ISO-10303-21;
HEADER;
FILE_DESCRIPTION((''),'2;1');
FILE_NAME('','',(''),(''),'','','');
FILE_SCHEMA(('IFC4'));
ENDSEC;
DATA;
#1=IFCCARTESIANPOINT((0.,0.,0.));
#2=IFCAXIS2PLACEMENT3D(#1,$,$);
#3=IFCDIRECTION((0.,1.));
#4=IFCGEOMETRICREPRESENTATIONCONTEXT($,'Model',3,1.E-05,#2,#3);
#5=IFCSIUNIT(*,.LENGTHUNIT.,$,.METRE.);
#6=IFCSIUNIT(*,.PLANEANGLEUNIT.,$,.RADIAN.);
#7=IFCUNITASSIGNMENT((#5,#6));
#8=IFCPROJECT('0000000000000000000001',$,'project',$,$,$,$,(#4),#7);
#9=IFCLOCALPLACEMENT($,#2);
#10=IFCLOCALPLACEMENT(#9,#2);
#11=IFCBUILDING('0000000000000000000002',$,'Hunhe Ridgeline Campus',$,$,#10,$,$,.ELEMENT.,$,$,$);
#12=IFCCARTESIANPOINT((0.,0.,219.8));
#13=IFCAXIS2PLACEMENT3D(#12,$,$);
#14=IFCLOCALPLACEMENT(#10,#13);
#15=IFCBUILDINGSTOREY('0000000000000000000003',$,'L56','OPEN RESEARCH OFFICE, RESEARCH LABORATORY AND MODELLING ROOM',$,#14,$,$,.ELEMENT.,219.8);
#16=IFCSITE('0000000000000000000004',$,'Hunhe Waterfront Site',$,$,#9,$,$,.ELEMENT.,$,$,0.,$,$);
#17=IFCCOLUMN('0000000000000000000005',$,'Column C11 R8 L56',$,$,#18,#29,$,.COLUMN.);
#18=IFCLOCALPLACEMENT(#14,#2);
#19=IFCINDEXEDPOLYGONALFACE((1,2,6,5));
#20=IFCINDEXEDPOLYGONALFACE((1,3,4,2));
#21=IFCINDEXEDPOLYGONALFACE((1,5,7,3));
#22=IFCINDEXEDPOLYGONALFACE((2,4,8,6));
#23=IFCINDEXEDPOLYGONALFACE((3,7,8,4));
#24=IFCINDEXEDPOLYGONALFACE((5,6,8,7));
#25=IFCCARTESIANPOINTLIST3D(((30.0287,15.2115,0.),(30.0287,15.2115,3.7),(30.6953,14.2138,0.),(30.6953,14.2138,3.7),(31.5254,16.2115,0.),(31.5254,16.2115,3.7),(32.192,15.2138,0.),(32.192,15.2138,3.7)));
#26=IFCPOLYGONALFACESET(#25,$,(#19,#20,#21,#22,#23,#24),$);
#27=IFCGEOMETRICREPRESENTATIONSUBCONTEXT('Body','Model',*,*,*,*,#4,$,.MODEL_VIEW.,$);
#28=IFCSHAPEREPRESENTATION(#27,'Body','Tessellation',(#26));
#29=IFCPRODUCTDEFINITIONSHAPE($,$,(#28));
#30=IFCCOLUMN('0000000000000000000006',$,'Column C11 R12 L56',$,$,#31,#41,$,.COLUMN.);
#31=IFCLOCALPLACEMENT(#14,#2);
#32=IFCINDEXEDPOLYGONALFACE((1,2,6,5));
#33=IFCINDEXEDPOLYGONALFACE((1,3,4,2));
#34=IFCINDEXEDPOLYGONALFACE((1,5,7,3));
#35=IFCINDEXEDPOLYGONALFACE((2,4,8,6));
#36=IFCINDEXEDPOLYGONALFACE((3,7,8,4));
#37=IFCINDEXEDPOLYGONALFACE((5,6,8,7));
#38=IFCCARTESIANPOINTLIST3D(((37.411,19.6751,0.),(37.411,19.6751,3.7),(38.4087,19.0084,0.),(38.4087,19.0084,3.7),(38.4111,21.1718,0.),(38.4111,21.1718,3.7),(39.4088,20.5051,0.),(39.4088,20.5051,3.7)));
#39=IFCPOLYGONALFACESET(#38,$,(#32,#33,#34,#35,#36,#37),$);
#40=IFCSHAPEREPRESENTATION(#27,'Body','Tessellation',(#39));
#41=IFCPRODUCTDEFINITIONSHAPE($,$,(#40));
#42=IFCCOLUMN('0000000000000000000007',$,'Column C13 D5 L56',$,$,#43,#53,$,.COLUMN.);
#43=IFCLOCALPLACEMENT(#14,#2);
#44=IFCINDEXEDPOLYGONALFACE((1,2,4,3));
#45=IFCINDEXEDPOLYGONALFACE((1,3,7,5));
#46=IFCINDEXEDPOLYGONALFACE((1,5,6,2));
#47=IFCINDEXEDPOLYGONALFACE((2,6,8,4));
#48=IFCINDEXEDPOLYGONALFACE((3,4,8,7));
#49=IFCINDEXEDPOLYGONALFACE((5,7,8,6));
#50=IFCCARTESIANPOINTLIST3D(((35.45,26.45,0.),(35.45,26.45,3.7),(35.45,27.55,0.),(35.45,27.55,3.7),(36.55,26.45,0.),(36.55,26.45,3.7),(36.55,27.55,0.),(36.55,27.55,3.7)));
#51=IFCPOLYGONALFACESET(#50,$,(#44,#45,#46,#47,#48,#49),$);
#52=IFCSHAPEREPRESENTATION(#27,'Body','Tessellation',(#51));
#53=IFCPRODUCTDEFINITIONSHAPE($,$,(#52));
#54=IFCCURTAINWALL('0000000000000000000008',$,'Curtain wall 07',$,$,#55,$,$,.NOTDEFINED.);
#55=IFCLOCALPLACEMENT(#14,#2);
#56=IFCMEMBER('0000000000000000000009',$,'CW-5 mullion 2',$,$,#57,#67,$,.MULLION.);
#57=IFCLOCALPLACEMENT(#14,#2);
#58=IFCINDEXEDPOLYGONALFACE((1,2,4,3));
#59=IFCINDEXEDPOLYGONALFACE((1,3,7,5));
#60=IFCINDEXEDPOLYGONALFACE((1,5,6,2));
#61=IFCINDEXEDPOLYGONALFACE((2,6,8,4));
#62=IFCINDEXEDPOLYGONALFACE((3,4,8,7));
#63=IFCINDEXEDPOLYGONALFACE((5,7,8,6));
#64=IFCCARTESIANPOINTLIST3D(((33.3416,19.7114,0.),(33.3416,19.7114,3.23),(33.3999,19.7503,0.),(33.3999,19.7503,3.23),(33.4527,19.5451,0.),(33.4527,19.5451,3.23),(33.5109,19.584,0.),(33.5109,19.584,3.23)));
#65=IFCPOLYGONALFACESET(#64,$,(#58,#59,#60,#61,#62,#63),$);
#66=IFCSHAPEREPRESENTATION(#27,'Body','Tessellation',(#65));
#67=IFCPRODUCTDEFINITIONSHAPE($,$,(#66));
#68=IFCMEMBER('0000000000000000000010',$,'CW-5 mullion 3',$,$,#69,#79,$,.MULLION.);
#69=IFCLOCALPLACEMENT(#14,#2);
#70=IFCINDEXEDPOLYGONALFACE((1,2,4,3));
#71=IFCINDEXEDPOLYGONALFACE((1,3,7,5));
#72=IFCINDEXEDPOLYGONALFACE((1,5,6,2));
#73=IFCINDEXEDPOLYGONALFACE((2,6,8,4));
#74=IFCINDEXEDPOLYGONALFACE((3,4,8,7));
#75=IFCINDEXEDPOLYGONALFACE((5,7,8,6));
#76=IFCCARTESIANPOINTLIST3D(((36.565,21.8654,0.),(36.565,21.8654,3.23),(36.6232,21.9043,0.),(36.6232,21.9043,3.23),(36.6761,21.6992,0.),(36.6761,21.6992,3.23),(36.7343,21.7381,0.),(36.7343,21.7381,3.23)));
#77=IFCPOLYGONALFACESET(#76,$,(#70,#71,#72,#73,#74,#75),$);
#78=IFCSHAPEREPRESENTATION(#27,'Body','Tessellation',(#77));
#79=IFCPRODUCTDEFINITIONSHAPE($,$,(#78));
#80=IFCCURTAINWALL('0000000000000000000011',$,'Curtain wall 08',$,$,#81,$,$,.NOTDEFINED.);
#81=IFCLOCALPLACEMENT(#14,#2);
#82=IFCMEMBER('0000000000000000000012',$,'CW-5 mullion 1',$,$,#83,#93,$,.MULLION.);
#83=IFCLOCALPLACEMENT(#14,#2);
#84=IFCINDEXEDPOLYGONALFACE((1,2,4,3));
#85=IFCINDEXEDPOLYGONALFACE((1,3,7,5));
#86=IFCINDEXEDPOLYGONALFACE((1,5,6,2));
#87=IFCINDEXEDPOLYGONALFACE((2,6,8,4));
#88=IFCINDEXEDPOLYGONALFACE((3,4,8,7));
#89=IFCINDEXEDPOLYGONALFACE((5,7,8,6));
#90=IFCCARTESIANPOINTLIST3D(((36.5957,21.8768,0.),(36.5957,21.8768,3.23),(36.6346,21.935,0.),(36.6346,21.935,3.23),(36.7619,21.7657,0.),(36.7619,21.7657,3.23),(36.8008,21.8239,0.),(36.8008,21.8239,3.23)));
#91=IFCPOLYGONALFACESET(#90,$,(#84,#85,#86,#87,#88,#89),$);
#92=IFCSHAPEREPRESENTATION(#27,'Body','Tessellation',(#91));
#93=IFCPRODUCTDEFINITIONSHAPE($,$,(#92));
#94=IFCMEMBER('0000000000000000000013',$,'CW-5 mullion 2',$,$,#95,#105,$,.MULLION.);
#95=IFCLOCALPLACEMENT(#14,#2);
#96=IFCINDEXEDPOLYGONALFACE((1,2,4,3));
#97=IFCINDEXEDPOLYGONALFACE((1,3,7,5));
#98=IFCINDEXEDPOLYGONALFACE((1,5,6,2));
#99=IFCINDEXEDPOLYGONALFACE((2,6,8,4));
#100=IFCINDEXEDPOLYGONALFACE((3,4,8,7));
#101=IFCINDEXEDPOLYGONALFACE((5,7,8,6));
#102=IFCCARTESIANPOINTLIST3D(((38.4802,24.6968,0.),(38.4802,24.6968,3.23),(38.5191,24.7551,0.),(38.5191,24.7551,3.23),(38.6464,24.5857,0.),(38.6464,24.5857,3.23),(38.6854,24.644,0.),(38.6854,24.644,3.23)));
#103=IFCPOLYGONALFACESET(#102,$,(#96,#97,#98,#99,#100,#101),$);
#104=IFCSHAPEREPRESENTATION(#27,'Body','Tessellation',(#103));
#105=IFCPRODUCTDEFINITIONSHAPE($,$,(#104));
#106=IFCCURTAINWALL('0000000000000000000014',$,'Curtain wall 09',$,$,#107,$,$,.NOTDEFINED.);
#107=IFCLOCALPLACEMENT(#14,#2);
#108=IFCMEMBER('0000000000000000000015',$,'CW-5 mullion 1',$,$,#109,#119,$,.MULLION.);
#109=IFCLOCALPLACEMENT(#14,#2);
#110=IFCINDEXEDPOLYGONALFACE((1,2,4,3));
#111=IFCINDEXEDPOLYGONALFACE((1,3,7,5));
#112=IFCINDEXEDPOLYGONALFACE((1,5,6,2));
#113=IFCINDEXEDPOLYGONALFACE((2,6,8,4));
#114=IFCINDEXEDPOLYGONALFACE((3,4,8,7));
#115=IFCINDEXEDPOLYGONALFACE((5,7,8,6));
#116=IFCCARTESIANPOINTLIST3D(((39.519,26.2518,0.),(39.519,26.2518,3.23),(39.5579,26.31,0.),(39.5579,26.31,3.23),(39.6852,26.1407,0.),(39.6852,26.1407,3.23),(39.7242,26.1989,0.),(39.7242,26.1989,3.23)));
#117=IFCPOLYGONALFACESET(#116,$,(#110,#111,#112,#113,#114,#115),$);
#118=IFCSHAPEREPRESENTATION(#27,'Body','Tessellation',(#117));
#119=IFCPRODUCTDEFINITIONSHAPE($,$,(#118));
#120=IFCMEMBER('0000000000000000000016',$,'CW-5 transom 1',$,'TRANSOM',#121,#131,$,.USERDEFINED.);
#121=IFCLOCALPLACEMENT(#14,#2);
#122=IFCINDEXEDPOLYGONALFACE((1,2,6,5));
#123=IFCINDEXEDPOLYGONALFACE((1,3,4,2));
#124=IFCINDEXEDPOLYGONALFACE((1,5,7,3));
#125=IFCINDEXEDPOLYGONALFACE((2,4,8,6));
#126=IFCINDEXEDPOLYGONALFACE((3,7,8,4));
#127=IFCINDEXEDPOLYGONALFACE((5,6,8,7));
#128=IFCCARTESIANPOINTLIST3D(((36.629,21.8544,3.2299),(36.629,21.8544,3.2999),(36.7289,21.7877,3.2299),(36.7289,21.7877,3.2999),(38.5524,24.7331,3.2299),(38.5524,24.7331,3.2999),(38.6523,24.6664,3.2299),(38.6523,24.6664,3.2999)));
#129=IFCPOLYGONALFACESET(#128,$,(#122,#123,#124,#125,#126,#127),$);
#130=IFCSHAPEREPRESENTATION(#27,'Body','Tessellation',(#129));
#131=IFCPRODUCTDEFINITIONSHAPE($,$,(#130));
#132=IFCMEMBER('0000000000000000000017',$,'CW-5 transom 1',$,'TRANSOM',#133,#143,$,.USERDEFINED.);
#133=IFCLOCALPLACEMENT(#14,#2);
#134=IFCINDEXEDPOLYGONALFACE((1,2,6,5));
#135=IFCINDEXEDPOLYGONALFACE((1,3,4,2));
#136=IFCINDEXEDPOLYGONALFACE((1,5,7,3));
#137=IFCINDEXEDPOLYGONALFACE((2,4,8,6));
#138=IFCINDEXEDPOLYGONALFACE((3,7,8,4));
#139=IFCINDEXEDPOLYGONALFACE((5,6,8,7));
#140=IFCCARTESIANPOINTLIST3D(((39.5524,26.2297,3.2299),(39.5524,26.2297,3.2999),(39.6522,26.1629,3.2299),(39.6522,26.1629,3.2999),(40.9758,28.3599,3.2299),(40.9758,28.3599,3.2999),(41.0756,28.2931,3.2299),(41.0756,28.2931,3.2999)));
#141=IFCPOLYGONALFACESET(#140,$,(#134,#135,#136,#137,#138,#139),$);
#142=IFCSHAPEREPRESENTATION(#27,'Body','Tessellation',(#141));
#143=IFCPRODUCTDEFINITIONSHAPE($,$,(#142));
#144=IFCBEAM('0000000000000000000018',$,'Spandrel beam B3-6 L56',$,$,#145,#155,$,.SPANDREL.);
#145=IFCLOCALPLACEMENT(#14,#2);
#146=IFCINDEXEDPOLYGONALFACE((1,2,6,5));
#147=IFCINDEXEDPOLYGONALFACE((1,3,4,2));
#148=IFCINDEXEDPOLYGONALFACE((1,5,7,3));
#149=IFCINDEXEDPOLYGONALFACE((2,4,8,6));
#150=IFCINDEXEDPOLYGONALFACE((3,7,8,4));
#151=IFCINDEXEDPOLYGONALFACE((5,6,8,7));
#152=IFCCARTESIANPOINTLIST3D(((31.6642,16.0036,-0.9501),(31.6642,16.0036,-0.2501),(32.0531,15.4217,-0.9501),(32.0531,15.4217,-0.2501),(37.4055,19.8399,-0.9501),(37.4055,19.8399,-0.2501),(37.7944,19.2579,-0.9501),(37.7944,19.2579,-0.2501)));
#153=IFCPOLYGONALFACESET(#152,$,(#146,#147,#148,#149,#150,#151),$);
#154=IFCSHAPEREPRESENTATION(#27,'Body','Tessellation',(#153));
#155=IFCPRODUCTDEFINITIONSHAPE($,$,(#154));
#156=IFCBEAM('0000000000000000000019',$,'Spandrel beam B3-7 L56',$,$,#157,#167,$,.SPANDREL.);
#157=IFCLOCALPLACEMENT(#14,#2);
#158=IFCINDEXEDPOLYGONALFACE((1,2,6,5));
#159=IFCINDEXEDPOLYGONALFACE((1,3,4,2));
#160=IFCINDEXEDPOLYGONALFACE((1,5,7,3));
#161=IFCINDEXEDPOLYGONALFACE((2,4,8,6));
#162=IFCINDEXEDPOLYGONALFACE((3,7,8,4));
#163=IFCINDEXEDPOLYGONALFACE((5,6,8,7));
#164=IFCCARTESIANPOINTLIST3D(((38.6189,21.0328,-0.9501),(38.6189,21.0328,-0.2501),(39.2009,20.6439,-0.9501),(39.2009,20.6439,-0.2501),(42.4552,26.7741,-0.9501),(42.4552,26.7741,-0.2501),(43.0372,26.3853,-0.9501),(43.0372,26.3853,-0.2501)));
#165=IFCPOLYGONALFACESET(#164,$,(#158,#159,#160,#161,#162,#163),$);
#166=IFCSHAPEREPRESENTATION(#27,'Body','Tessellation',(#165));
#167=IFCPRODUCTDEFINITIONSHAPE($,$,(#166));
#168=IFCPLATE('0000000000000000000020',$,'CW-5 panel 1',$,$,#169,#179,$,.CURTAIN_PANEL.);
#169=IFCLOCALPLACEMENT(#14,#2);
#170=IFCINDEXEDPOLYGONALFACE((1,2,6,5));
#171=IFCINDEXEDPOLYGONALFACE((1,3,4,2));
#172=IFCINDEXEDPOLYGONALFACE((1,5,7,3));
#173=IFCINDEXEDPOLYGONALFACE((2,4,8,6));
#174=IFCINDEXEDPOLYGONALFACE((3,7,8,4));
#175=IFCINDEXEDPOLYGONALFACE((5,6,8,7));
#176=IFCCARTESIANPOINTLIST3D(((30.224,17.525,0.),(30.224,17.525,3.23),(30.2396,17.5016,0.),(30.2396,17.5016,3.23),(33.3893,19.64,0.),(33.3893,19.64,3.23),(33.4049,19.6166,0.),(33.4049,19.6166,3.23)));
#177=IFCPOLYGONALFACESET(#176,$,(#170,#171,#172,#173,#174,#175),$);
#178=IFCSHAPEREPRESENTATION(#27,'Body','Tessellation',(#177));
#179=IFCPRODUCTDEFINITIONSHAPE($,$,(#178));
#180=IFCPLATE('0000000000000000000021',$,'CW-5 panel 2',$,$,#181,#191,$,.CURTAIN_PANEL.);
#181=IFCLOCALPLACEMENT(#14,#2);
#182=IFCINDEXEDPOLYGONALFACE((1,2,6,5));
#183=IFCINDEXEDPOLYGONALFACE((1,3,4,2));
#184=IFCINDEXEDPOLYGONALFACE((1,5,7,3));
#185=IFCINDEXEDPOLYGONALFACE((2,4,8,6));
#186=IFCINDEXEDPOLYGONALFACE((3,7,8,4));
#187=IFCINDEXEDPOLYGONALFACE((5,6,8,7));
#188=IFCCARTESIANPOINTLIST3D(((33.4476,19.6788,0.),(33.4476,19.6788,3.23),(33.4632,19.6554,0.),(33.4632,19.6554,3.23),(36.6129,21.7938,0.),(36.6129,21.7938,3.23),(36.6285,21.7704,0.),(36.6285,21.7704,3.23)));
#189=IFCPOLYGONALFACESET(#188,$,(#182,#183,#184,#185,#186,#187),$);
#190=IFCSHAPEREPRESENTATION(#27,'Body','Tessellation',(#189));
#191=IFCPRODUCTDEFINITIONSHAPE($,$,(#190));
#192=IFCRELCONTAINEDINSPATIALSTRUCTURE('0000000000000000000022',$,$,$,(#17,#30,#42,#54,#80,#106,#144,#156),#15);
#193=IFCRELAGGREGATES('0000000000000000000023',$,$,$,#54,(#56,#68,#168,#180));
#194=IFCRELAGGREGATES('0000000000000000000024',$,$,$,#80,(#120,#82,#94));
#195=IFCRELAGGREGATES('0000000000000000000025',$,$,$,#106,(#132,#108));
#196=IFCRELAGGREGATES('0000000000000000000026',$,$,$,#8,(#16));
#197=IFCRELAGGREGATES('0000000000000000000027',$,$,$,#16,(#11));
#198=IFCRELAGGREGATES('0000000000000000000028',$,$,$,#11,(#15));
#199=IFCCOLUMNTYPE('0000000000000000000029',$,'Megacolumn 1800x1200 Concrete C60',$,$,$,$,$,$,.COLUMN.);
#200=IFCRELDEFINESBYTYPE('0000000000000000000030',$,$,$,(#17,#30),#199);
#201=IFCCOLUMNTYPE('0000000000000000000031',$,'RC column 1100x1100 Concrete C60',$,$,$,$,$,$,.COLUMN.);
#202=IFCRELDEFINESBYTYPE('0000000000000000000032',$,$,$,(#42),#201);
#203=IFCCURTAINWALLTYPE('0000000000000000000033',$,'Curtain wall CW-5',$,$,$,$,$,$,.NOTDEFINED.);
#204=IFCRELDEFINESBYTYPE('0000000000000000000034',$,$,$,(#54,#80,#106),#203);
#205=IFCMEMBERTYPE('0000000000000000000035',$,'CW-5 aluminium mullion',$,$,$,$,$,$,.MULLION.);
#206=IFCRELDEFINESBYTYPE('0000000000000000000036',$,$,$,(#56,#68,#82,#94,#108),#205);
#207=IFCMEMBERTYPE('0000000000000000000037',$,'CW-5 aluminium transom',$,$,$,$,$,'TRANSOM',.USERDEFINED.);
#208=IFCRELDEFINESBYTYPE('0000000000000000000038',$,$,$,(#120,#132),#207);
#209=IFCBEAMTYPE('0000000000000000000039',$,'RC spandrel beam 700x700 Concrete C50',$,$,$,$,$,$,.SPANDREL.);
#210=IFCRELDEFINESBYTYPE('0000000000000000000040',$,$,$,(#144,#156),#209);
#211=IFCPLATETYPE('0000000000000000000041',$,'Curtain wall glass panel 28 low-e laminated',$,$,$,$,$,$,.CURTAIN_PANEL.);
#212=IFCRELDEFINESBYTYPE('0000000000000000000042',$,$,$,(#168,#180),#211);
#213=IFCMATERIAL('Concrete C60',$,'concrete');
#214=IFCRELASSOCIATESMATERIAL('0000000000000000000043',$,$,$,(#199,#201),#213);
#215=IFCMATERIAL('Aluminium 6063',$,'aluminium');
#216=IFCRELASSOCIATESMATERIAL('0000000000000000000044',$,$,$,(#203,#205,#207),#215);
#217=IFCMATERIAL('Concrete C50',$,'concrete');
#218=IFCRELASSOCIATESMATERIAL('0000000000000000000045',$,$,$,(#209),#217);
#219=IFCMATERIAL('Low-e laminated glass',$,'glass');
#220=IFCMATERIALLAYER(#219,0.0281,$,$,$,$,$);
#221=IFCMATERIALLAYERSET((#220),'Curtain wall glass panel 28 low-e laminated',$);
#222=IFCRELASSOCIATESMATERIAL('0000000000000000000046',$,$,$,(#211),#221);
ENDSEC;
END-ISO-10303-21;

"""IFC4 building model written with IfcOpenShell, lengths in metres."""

from ifc_helpers import new_model, si_unit, direction, frame, origin, origin_2d, place, context, subcontext, project, spatial, rectangle, extrude, material, layer, layer_set, material_profile, profile_set, type_object, element, aggregate, save


model = new_model("IFC4")

# Units and contexts
model_context = context("Model", 3, precision=1e-05, world=origin(), true_north=direction((0.0, 1.0)))
body_context = subcontext(model_context, "Body", "Model", "MODEL_VIEW")
ifc_project = project(units=[si_unit("LENGTHUNIT", "METRE"), si_unit("PLANEANGLEUNIT", "RADIAN")], contexts=[model_context])

# Site, building, storey
site_placement = place(None, origin())
site = spatial("IfcSite", under=ifc_project, at=site_placement, Name="Hunhe Waterfront Site", CompositionType="ELEMENT", RefElevation=0.0)
building_placement = place(site_placement, origin())
building = spatial("IfcBuilding", under=site, at=building_placement, Name="Hunhe Ridgeline Campus", CompositionType="ELEMENT")
storey_placement = place(building_placement, frame((0.0, 0.0, 219.8)))
storey = spatial("IfcBuildingStorey", under=building, at=storey_placement, Name="L56", Description="OPEN RESEARCH OFFICE, RESEARCH LABORATORY AND MODELLING ROOM", CompositionType="ELEMENT", Elevation=219.8)

# Columns
ifc_material_1 = material(Name="Concrete C60", Category="concrete")
ifc_material_profile_1 = material_profile(ifc_material_1, rectangle(XDim=1.8, YDim=1.2, at=origin_2d()))
ifc_profile_set_1 = profile_set([ifc_material_profile_1], Name="Concrete C60")
column_type_1 = type_object("IfcColumnType", Name="Megacolumn 1800x1200 Concrete C60", PredefinedType="COLUMN", material=ifc_profile_set_1)
for number, where, z_axis, x_axis, name in (
    (1, (31.1104, 15.2126, 0.0), (0.0, 0.0, 1.0), (0.83147, 0.55557, 0.0), "Column C11 R8 L56"),
    (2, (38.4099, 20.0901, 0.0), (0.0, 0.0, 1.0), (0.55557, 0.83147, 0.0), "Column C11 R12 L56"),
):
    element("IfcColumn", number, at=place(storey_placement, frame(where, z_axis=z_axis, x_axis=x_axis)), inside=storey, type_object=column_type_1, Name=name, PredefinedType="COLUMN", context=body_context, shape_type="SweptSolid", body=[
        extrude(rectangle(XDim=1.8, YDim=1.2, at=origin_2d()), origin(), (0.0, 0.0, 1.0), 3.7),
    ])
ifc_material_profile_2 = material_profile(ifc_material_1, rectangle(XDim=1.1001, YDim=1.1001, at=origin_2d()))
ifc_profile_set_2 = profile_set([ifc_material_profile_2], Name="Concrete C60")
column_type_2 = type_object("IfcColumnType", Name="RC column 1100x1100 Concrete C60", PredefinedType="COLUMN", material=ifc_profile_set_2)
column_placement = place(storey_placement, frame((36.0, 27.0, 0.0), z_axis=(0.0, 0.0, 1.0), x_axis=(1.0, 0.0, 0.0)))
element("IfcColumn", 3, at=column_placement, inside=storey, type_object=column_type_2, Name="Column C13 D5 L56", PredefinedType="COLUMN", context=body_context, shape_type="SweptSolid", body=[
    extrude(rectangle(XDim=1.1001, YDim=1.1001, at=origin_2d()), origin(), (0.0, 0.0, 1.0), 3.7),
])

# Curtain walls, members
ifc_material_2 = material(Name="Aluminium 6063", Category="aluminium")
curtain_wall_type = type_object("IfcCurtainWallType", Name="Curtain wall CW-5", PredefinedType="NOTDEFINED", material=ifc_material_2)
curtain_wall_1_placement = place(storey_placement, origin())
curtain_wall_1 = element("IfcCurtainWall", 4, at=curtain_wall_1_placement, inside=storey, type_object=curtain_wall_type, Name="Curtain wall 07", PredefinedType="NOTDEFINED")
ifc_material_profile_3 = material_profile(ifc_material_2, rectangle(XDim=0.2, YDim=0.0701, at=origin_2d()))
ifc_profile_set_3 = profile_set([ifc_material_profile_3], Name="Aluminium 6063")
member_type_1 = type_object("IfcMemberType", Name="CW-5 aluminium mullion", PredefinedType="MULLION", material=ifc_profile_set_3)
member_1_placement = place(storey_placement, frame((33.4263, 19.6477, 0.0), z_axis=(0.0, 0.0, 1.0), x_axis=(-0.55557, 0.83147, 0.0)))
member_1 = element("IfcMember", 5, at=member_1_placement, type_object=member_type_1, Name="CW-5 mullion 2", PredefinedType="MULLION", context=body_context, shape_type="SweptSolid", body=[
    extrude(rectangle(XDim=0.2, YDim=0.0701, at=origin_2d()), origin(), (0.0, 0.0, 1.0), 3.23),
])
member_2_placement = place(storey_placement, frame((36.6497, 21.8018, 0.0), z_axis=(0.0, 0.0, 1.0), x_axis=(-0.55557, 0.83147, 0.0)))
member_2 = element("IfcMember", 6, at=member_2_placement, type_object=member_type_1, Name="CW-5 mullion 3", PredefinedType="MULLION", context=body_context, shape_type="SweptSolid", body=[
    extrude(rectangle(XDim=0.2, YDim=0.0701, at=origin_2d()), origin(), (0.0, 0.0, 1.0), 3.23),
])
curtain_wall_2_placement = place(storey_placement, origin())
curtain_wall_2 = element("IfcCurtainWall", 7, at=curtain_wall_2_placement, inside=storey, type_object=curtain_wall_type, Name="Curtain wall 08", PredefinedType="NOTDEFINED")
member_3_placement = place(storey_placement, frame((36.6982, 21.8503, 0.0), z_axis=(0.0, 0.0, 1.0), x_axis=(-0.83147, 0.55557, 0.0)))
member_3 = element("IfcMember", 8, at=member_3_placement, type_object=member_type_1, Name="CW-5 mullion 1", PredefinedType="MULLION", context=body_context, shape_type="SweptSolid", body=[
    extrude(rectangle(XDim=0.2, YDim=0.0701, at=origin_2d()), origin(), (0.0, 0.0, 1.0), 3.23),
])
member_4_placement = place(storey_placement, frame((38.5828, 24.6704, 0.0), z_axis=(0.0, 0.0, 1.0), x_axis=(-0.83147, 0.55557, 0.0)))
member_4 = element("IfcMember", 9, at=member_4_placement, type_object=member_type_1, Name="CW-5 mullion 2", PredefinedType="MULLION", context=body_context, shape_type="SweptSolid", body=[
    extrude(rectangle(XDim=0.2, YDim=0.0701, at=origin_2d()), origin(), (0.0, 0.0, 1.0), 3.23),
])

# Curtain wall, member
curtain_wall_3_placement = place(storey_placement, origin())
curtain_wall_3 = element("IfcCurtainWall", 10, at=curtain_wall_3_placement, inside=storey, type_object=curtain_wall_type, Name="Curtain wall 09", PredefinedType="NOTDEFINED")
member_5_placement = place(storey_placement, frame((39.6216, 26.2253, 0.0), z_axis=(0.0, 0.0, 1.0), x_axis=(-0.83147, 0.55557, 0.0)))
member_5 = element("IfcMember", 11, at=member_5_placement, type_object=member_type_1, Name="CW-5 mullion 1", PredefinedType="MULLION", context=body_context, shape_type="SweptSolid", body=[
    extrude(rectangle(XDim=0.2, YDim=0.0701, at=origin_2d()), origin(), (0.0, 0.0, 1.0), 3.23),
])

# Members
ifc_material_profile_4 = material_profile(ifc_material_2, rectangle(XDim=0.1201, YDim=0.0701, at=origin_2d()))
ifc_profile_set_4 = profile_set([ifc_material_profile_4], Name="Aluminium 6063")
member_type_2 = type_object("IfcMemberType", Name="CW-5 aluminium transom", ElementType="TRANSOM", PredefinedType="USERDEFINED", material=ifc_profile_set_4)
member_6_placement = place(storey_placement, frame((36.679, 21.821, 3.2649), z_axis=(0.555546, 0.831486, 0.0), x_axis=(-0.831486, 0.555546, 0.0)))
member_6 = element("IfcMember", 12, at=member_6_placement, type_object=member_type_2, Name="CW-5 transom 1", ObjectType="TRANSOM", PredefinedType="USERDEFINED", context=body_context, shape_type="SweptSolid", body=[
    extrude(rectangle(XDim=0.1201, YDim=0.0701, at=origin_2d()), origin(), (0.0, 0.0, 1.0), 3.4622),
])
member_7_placement = place(storey_placement, frame((39.6023, 26.1963, 3.2649), z_axis=(0.55558, 0.831463, 0.0), x_axis=(-0.831463, 0.55558, 0.0)))
member_7 = element("IfcMember", 13, at=member_7_placement, type_object=member_type_2, Name="CW-5 transom 1", ObjectType="TRANSOM", PredefinedType="USERDEFINED", context=body_context, shape_type="SweptSolid", body=[
    extrude(rectangle(XDim=0.1201, YDim=0.0701, at=origin_2d()), origin(), (0.0, 0.0, 1.0), 2.562),
])

# Beams
ifc_material_3 = material(Name="Concrete C50", Category="concrete")
ifc_material_profile_5 = material_profile(ifc_material_3, rectangle(XDim=0.7, YDim=0.7, at=origin_2d()))
ifc_profile_set_5 = profile_set([ifc_material_profile_5], Name="Concrete C50")
beam_type = type_object("IfcBeamType", Name="RC spandrel beam 700x700 Concrete C50", PredefinedType="SPANDREL", material=ifc_profile_set_5)
for number, where, z_axis, x_axis, name in (
    (14, (31.8586, 15.7126, -0.6001), (0.831468, 0.555573, 0.0), (-0.555573, 0.831468, 0.0), "Spandrel beam B3-6 L56"),
    (15, (38.9099, 20.8384, -0.6001), (0.555573, 0.831468, 0.0), (-0.831468, 0.555573, 0.0), "Spandrel beam B3-7 L56"),
):
    element("IfcBeam", number, at=place(storey_placement, frame(where, z_axis=z_axis, x_axis=x_axis)), inside=storey, type_object=beam_type, Name=name, PredefinedType="SPANDREL", context=body_context, shape_type="SweptSolid", body=[
        extrude(rectangle(XDim=0.7, YDim=0.7, at=origin_2d()), origin(), (0.0, 0.0, 1.0), 6.905),
    ])

# Plates
ifc_material_4 = material(Name="Low-e laminated glass", Category="glass")
ifc_layer_1 = layer(ifc_material_4, 0.0281)
ifc_layer_set_1 = layer_set([ifc_layer_1], Name="Curtain wall glass panel 28 low-e laminated")
plate_type = type_object("IfcPlateType", Name="Curtain wall glass panel 28 low-e laminated", PredefinedType="CURTAIN_PANEL", material=ifc_layer_set_1)
plate_1_placement = place(storey_placement, frame((31.8145, 18.5708, 0.0), z_axis=(0.0, 0.0, 1.0), x_axis=(0.83147, 0.55557, 0.0)))
plate_1 = element("IfcPlate", 16, at=plate_1_placement, type_object=plate_type, Name="CW-5 panel 1", PredefinedType="CURTAIN_PANEL", context=body_context, shape_type="SweptSolid", body=[
    extrude(rectangle(XDim=3.8069, YDim=0.0281, at=origin_2d()), origin(), (0.0, 0.0, 1.0), 3.23),
])
plate_2_placement = place(storey_placement, frame((35.0381, 20.7246, 0.0), z_axis=(0.0, 0.0, 1.0), x_axis=(0.83147, 0.55557, 0.0)))
plate_2 = element("IfcPlate", 17, at=plate_2_placement, type_object=plate_type, Name="CW-5 panel 2", PredefinedType="CURTAIN_PANEL", context=body_context, shape_type="SweptSolid", body=[
    extrude(rectangle(XDim=3.8069, YDim=0.0281, at=origin_2d()), origin(), (0.0, 0.0, 1.0), 3.23),
])
aggregate(curtain_wall_1, [member_1, member_2, plate_1, plate_2])
aggregate(curtain_wall_2, [member_6, member_3, member_4])
aggregate(curtain_wall_3, [member_7, member_5])

save(model, "model.ifc")
